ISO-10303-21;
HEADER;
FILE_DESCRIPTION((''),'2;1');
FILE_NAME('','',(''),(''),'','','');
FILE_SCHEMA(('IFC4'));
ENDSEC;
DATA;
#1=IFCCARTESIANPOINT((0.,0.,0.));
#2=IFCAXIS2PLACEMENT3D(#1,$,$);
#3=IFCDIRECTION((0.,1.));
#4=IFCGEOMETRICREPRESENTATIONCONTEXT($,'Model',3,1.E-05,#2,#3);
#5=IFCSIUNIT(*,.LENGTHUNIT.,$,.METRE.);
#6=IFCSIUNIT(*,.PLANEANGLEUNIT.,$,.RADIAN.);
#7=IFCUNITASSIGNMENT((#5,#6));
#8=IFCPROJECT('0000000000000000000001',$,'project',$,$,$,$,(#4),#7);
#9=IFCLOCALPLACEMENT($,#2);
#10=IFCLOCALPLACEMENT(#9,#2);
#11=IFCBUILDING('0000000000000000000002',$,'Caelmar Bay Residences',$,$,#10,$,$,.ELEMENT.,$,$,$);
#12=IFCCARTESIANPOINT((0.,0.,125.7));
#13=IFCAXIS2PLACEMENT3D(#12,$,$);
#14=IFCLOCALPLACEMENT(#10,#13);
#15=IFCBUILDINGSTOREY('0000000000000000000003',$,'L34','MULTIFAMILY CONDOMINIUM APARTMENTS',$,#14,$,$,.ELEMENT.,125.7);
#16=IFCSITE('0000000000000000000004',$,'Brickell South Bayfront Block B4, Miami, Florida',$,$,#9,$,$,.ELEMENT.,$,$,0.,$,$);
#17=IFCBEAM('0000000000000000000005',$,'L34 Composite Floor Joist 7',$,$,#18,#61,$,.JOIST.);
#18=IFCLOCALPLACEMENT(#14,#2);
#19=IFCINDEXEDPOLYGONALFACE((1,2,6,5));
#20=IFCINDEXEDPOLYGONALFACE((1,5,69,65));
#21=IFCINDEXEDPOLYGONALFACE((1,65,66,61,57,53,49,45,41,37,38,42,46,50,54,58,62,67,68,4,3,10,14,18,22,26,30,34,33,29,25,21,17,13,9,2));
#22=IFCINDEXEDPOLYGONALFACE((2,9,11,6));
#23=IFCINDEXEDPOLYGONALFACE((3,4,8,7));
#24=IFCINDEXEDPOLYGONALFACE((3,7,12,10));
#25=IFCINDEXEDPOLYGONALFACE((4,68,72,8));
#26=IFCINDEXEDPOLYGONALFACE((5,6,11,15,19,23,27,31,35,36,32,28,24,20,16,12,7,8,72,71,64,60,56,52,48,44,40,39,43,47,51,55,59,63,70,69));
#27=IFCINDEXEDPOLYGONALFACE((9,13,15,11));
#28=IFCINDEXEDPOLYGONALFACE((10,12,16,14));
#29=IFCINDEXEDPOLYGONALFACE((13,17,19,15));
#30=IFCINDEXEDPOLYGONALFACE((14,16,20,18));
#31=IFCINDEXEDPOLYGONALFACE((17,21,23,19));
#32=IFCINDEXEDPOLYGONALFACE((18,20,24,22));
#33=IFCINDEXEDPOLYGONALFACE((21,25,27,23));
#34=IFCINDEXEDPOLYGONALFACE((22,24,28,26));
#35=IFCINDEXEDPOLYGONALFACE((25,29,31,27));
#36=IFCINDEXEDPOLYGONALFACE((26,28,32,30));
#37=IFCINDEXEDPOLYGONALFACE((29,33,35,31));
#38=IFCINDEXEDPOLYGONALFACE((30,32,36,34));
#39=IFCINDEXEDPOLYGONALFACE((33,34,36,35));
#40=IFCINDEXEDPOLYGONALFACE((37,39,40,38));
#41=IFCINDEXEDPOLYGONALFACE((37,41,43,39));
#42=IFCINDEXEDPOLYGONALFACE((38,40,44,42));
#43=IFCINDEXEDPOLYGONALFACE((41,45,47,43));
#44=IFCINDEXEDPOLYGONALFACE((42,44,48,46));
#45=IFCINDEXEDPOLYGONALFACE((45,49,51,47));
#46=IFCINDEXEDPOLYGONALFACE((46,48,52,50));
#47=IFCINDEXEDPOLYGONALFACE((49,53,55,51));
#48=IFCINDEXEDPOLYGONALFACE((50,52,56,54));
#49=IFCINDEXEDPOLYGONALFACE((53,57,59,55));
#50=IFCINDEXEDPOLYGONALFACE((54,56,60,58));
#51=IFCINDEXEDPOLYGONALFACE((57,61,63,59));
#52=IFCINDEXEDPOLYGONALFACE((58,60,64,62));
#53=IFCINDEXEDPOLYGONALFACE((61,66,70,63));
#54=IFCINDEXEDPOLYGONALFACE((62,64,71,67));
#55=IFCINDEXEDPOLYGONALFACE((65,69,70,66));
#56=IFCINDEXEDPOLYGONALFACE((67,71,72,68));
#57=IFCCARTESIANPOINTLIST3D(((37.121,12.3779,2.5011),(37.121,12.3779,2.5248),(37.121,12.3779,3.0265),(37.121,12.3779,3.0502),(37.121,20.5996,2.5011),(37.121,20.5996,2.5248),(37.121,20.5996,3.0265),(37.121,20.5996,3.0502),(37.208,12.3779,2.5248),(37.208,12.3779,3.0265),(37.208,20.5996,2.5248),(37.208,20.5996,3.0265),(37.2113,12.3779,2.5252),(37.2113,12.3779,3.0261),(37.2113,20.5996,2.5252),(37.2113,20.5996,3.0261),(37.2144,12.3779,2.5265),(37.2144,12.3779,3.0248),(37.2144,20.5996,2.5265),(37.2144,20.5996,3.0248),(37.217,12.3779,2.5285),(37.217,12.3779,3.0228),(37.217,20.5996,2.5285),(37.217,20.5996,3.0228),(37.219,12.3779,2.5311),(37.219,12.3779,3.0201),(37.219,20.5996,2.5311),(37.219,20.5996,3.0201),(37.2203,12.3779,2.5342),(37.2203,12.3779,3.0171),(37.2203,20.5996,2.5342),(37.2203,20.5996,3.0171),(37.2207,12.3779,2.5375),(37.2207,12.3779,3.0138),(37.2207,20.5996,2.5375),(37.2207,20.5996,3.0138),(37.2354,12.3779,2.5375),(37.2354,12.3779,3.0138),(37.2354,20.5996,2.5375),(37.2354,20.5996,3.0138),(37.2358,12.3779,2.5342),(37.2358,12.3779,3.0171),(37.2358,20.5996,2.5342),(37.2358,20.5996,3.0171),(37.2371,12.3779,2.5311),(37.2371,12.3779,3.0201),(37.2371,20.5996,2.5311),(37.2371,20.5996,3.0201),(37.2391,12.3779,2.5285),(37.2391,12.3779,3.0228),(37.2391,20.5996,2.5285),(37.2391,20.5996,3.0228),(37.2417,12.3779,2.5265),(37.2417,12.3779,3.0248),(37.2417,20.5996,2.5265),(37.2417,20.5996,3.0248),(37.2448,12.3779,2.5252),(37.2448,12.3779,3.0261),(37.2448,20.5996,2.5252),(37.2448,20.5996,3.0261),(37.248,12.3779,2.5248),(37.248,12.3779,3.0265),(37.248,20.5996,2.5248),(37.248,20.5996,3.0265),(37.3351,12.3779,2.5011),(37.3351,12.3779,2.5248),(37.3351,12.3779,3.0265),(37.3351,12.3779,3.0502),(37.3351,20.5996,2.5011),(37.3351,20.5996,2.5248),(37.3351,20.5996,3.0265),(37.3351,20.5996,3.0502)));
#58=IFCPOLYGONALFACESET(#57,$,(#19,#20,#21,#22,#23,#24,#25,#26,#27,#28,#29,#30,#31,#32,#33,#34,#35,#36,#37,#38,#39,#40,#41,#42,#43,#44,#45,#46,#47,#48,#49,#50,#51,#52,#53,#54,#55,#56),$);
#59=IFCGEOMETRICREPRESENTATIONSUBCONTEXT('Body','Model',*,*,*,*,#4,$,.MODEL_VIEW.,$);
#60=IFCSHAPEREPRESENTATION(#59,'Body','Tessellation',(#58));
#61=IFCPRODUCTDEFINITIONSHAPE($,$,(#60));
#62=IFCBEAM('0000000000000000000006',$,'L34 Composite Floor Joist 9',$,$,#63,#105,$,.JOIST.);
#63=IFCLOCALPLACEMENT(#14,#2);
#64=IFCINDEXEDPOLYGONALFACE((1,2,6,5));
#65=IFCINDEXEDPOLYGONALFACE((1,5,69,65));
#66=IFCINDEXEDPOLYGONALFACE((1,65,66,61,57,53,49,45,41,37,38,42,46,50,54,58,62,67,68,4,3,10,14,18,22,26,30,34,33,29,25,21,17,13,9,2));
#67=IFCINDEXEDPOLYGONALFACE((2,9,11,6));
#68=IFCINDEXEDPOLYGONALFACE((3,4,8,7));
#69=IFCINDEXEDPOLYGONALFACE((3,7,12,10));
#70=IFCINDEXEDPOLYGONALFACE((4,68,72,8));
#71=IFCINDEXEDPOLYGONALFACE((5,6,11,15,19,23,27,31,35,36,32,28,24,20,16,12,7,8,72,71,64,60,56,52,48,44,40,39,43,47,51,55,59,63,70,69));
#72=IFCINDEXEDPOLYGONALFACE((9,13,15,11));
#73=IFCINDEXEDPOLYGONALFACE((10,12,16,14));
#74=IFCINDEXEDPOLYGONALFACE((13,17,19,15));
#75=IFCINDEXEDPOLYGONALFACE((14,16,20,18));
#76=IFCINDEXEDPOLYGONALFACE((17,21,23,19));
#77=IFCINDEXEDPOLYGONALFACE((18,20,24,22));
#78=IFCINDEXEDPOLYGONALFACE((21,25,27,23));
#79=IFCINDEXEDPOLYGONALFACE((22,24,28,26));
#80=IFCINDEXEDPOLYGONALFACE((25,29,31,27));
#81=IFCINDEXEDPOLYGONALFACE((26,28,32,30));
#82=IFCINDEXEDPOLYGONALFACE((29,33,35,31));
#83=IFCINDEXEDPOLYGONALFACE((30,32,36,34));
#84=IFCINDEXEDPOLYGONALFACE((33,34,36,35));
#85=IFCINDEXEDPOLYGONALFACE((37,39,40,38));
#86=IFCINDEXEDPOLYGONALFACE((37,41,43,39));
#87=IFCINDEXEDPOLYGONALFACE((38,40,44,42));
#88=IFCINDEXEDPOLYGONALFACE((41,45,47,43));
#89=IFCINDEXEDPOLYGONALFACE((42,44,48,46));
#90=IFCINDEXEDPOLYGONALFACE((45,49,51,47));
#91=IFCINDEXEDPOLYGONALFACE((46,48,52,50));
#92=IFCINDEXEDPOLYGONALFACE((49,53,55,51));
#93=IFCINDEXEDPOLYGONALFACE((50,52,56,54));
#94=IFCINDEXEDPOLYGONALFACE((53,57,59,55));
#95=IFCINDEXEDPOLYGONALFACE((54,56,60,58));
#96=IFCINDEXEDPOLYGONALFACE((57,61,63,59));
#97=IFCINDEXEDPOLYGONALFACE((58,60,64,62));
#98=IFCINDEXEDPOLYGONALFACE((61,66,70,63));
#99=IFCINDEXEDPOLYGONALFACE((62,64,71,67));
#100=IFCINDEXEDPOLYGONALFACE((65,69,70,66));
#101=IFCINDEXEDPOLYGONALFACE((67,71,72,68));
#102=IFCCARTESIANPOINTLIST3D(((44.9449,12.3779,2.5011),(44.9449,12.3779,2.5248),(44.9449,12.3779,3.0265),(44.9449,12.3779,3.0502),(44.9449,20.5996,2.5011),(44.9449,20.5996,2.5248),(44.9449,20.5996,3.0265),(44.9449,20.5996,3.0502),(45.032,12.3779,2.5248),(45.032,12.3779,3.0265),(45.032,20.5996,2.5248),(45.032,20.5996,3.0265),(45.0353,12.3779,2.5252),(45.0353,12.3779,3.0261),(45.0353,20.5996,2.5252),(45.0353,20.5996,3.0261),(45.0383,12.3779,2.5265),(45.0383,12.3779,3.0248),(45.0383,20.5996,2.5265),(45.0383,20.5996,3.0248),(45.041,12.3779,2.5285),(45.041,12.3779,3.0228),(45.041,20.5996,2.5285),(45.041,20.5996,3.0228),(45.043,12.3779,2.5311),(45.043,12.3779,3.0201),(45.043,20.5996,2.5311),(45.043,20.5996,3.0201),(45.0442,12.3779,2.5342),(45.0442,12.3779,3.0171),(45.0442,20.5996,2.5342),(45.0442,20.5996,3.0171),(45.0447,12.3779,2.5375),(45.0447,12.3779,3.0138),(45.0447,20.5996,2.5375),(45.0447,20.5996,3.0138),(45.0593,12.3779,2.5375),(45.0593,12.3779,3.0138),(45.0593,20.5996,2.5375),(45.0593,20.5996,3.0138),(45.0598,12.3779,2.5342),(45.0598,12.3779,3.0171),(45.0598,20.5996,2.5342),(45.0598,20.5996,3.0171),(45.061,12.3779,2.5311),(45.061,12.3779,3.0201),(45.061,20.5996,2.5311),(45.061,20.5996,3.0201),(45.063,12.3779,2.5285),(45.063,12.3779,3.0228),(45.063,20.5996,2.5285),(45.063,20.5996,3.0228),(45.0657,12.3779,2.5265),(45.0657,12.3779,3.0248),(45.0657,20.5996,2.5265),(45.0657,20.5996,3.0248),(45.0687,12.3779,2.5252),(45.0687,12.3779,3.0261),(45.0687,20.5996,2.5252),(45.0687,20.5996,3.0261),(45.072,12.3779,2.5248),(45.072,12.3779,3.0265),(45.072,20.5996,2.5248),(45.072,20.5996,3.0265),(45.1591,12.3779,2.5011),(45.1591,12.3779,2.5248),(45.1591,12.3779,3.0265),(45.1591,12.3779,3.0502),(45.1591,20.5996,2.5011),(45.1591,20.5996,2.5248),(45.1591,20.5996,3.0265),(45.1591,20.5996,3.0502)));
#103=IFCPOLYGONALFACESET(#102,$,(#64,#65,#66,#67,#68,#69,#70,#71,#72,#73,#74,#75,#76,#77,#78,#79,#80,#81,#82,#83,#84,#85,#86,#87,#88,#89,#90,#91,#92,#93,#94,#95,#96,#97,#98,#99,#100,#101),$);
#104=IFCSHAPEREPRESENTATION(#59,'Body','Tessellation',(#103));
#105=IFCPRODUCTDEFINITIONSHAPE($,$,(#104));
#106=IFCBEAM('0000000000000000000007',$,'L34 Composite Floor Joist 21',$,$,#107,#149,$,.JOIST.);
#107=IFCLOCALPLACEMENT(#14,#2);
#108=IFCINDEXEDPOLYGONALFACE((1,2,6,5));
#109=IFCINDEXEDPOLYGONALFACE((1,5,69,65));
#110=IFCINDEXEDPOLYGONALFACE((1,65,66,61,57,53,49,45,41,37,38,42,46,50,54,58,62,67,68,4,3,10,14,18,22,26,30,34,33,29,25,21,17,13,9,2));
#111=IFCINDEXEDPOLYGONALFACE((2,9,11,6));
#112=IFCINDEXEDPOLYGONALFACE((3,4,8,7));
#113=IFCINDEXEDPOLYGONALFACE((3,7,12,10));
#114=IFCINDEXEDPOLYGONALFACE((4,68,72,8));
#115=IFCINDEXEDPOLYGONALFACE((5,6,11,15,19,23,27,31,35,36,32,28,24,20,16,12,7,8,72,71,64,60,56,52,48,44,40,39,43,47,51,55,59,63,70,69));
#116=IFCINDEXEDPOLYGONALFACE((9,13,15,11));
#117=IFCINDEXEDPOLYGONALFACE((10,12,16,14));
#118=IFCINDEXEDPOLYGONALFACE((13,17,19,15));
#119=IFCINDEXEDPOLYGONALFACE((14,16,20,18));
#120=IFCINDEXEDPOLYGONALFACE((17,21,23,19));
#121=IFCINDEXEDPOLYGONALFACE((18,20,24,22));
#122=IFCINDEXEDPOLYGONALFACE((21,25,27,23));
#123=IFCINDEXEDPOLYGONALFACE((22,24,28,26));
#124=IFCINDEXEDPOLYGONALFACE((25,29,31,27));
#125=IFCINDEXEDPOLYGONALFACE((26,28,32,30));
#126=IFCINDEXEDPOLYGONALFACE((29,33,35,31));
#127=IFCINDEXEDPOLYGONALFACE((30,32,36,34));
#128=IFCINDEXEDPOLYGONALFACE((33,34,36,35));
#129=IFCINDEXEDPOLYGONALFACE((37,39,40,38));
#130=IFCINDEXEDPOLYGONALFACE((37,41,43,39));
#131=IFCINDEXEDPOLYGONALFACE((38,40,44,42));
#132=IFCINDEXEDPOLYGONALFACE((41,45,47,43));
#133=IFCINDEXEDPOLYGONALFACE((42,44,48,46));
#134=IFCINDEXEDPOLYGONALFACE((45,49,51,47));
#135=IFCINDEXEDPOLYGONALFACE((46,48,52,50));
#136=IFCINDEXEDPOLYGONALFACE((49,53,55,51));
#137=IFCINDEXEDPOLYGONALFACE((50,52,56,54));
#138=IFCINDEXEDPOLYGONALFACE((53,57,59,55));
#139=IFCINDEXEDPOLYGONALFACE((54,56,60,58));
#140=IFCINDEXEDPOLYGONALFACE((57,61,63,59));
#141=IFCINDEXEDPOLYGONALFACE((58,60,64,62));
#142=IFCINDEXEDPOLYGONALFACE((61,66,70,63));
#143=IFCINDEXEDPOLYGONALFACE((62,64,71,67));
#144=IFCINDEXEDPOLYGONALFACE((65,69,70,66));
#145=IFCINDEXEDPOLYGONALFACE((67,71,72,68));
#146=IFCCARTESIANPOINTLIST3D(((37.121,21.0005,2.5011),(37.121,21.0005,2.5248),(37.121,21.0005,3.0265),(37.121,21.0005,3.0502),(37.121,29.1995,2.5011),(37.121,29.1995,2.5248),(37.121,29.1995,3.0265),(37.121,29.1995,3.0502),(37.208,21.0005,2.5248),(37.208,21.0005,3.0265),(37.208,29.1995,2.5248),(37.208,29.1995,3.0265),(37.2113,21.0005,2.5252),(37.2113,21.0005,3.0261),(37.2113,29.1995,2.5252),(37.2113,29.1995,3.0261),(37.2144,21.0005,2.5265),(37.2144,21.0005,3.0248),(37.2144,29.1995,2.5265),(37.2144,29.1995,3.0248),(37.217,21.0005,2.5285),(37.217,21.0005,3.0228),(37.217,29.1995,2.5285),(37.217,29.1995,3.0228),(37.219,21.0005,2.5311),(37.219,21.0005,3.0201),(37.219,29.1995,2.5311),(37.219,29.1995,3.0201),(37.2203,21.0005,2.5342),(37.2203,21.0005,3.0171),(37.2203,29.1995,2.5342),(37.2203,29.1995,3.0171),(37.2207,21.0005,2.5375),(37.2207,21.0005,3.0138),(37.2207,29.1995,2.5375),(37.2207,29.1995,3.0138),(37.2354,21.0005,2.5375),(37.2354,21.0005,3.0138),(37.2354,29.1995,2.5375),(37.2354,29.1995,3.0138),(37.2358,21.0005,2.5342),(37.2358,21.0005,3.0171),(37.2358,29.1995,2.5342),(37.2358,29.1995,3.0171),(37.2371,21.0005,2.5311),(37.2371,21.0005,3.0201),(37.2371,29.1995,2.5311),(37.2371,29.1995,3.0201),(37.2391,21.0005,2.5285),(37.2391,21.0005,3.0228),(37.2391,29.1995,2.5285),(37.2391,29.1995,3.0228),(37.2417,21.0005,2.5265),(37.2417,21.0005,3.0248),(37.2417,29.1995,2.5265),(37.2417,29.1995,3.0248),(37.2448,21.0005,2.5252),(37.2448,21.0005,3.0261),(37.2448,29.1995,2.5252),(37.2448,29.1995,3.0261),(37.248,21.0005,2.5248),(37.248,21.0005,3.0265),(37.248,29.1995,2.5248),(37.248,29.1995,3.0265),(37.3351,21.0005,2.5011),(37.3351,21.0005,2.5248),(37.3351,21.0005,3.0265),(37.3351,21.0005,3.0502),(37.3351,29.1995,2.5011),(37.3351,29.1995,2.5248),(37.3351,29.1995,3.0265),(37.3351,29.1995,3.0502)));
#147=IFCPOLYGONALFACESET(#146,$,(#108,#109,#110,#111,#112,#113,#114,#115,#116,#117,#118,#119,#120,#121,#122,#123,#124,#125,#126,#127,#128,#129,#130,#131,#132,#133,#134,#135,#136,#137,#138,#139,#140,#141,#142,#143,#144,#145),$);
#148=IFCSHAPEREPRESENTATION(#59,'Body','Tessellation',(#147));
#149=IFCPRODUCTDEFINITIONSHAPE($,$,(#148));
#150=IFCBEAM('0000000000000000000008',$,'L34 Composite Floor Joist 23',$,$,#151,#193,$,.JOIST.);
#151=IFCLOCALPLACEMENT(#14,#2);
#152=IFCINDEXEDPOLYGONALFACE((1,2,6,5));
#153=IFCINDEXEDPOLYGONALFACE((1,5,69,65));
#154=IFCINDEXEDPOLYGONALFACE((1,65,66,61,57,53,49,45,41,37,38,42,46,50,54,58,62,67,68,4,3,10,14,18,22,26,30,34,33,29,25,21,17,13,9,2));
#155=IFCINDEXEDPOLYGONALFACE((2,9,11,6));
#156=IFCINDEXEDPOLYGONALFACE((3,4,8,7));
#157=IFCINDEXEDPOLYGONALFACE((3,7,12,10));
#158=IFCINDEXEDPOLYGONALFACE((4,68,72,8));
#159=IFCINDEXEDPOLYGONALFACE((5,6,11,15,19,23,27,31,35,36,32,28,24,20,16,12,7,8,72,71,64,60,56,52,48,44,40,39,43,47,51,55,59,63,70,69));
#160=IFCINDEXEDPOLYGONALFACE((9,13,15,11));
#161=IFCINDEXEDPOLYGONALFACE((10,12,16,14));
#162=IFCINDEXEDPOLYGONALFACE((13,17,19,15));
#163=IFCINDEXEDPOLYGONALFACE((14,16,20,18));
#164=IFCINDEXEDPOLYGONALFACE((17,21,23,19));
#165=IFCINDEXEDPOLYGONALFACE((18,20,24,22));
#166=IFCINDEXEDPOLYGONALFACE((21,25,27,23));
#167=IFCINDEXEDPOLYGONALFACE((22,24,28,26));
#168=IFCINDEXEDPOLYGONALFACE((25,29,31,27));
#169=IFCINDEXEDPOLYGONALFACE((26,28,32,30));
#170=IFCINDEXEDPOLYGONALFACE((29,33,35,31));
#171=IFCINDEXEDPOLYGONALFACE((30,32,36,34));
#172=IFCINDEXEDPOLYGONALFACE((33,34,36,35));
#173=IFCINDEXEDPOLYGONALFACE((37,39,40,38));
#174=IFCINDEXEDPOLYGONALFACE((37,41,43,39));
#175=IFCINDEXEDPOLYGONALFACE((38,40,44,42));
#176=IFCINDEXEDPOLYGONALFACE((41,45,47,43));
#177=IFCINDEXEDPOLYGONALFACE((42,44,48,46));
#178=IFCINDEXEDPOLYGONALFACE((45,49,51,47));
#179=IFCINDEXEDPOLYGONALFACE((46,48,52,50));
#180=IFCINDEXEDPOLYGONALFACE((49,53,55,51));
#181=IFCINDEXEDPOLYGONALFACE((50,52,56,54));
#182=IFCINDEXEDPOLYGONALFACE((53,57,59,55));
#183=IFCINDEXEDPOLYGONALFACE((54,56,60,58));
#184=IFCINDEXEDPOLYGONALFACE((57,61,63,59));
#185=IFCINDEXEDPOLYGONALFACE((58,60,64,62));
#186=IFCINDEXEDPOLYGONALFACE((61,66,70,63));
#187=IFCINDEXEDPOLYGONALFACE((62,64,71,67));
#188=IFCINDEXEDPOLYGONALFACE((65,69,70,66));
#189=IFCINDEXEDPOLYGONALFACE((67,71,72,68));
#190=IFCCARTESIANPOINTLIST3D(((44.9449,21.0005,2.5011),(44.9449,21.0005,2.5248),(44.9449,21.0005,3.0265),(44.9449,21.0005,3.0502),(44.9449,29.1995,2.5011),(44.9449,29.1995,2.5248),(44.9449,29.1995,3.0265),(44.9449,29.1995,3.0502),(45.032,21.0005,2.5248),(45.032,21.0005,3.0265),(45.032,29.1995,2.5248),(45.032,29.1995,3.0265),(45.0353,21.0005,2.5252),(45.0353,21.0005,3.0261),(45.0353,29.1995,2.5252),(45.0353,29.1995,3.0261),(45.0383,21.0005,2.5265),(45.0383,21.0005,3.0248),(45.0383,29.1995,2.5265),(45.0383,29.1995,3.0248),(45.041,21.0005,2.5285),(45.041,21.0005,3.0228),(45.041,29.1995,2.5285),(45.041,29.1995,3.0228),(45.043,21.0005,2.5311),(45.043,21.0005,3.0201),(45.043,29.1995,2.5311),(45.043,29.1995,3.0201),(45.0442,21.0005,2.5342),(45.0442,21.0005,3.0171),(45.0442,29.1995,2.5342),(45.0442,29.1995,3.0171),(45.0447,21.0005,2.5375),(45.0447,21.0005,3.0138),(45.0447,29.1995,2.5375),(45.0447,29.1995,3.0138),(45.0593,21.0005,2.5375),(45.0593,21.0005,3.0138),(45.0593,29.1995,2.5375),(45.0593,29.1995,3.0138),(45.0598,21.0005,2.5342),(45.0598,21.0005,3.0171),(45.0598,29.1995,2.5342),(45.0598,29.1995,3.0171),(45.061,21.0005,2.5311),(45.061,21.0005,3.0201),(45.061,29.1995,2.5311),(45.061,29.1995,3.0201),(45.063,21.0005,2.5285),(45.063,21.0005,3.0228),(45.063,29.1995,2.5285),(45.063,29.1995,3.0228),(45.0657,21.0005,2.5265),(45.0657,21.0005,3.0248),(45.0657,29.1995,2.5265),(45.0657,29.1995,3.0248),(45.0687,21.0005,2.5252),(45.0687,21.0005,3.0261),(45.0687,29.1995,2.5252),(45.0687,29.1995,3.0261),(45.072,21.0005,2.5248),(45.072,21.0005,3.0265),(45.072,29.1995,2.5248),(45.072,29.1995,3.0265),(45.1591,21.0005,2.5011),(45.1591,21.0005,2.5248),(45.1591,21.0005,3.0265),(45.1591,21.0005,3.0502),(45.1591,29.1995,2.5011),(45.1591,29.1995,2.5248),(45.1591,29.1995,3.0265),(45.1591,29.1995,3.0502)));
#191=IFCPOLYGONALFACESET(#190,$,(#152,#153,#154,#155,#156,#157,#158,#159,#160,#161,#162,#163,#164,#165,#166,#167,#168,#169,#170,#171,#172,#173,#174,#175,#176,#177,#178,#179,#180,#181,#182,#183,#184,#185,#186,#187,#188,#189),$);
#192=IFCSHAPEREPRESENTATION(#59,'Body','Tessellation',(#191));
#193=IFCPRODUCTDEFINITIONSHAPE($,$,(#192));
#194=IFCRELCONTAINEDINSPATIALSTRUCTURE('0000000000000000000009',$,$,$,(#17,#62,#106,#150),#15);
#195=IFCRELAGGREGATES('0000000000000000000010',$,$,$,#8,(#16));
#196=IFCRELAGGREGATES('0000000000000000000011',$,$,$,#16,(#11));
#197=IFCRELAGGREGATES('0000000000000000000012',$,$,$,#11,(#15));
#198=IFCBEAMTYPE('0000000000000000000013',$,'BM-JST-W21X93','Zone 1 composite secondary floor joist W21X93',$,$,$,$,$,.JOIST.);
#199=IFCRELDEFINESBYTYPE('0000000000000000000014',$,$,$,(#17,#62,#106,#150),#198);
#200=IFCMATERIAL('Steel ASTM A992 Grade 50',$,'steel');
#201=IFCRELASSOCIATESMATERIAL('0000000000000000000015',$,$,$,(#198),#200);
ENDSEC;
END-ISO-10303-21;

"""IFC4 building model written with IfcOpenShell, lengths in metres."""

from ifc_helpers import new_model, si_unit, direction, frame, origin, origin_2d, place, context, subcontext, project, spatial, i_section, extrude, material, material_profile, profile_set, type_object, element, save


model = new_model("IFC4")

# Units and contexts
model_context = context("Model", 3, precision=1e-05, world=origin(), true_north=direction((0.0, 1.0)))
body_context = subcontext(model_context, "Body", "Model", "MODEL_VIEW")
ifc_project = project(units=[si_unit("LENGTHUNIT", "METRE"), si_unit("PLANEANGLEUNIT", "RADIAN")], contexts=[model_context])

# Site, building, storey
site_placement = place(None, origin())
site = spatial("IfcSite", under=ifc_project, at=site_placement, Name="Brickell South Bayfront Block B4, Miami, Florida", CompositionType="ELEMENT", RefElevation=0.0)
building_placement = place(site_placement, origin())
building = spatial("IfcBuilding", under=site, at=building_placement, Name="Caelmar Bay Residences", CompositionType="ELEMENT")
storey_placement = place(building_placement, frame((0.0, 0.0, 125.7)))
storey = spatial("IfcBuildingStorey", under=building, at=storey_placement, Name="L34", Description="MULTIFAMILY CONDOMINIUM APARTMENTS", CompositionType="ELEMENT", Elevation=125.7)

# Beams
ifc_material_1 = material(Name="Steel ASTM A992 Grade 50", Category="steel")
ifc_material_profile_1 = material_profile(ifc_material_1, i_section(OverallWidth=0.2141, OverallDepth=0.5491, WebThickness=0.0146, FlangeThickness=0.0237, FilletRadius=0.0127, at=origin_2d()), Name="W21X93")
ifc_profile_set_1 = profile_set([ifc_material_profile_1], Name="Steel ASTM A992 Grade 50")
beam_type_1 = type_object("IfcBeamType", Name="BM-JST-W21X93", Description="Zone 1 composite secondary floor joist W21X93", PredefinedType="JOIST", material=ifc_profile_set_1)
for number, where, z_axis, x_axis, name in (
    (1, (37.228, 12.3779, 2.7756), (0.0, 1.0, 0.0), (-1.0, 0.0, 0.0), "L34 Composite Floor Joist 7"),
    (2, (45.052, 12.3779, 2.7756), (0.0, 1.0, 0.0), (-1.0, 0.0, 0.0), "L34 Composite Floor Joist 9"),
):
    element("IfcBeam", number, at=place(storey_placement, frame(where, z_axis=z_axis, x_axis=x_axis)), inside=storey, type_object=beam_type_1, Name=name, PredefinedType="JOIST", context=body_context, shape_type="SweptSolid", body=[
        extrude(i_section(OverallWidth=0.2141, OverallDepth=0.5491, WebThickness=0.0146, FlangeThickness=0.0237, FilletRadius=0.0127, at=origin_2d()), origin(), (0.0, 0.0, 1.0), 8.2217),
    ])
for number, where, z_axis, x_axis, name in (
    (3, (37.228, 21.0005, 2.7756), (0.0, 1.0, 0.0), (-1.0, 0.0, 0.0), "L34 Composite Floor Joist 21"),
    (4, (45.052, 21.0005, 2.7756), (0.0, 1.0, 0.0), (-1.0, 0.0, 0.0), "L34 Composite Floor Joist 23"),
):
    element("IfcBeam", number, at=place(storey_placement, frame(where, z_axis=z_axis, x_axis=x_axis)), inside=storey, type_object=beam_type_1, Name=name, PredefinedType="JOIST", context=body_context, shape_type="SweptSolid", body=[
        extrude(i_section(OverallWidth=0.2141, OverallDepth=0.5491, WebThickness=0.0146, FlangeThickness=0.0237, FilletRadius=0.0127, at=origin_2d()), origin(), (0.0, 0.0, 1.0), 8.199),
    ])

save(model, "model.ifc")
